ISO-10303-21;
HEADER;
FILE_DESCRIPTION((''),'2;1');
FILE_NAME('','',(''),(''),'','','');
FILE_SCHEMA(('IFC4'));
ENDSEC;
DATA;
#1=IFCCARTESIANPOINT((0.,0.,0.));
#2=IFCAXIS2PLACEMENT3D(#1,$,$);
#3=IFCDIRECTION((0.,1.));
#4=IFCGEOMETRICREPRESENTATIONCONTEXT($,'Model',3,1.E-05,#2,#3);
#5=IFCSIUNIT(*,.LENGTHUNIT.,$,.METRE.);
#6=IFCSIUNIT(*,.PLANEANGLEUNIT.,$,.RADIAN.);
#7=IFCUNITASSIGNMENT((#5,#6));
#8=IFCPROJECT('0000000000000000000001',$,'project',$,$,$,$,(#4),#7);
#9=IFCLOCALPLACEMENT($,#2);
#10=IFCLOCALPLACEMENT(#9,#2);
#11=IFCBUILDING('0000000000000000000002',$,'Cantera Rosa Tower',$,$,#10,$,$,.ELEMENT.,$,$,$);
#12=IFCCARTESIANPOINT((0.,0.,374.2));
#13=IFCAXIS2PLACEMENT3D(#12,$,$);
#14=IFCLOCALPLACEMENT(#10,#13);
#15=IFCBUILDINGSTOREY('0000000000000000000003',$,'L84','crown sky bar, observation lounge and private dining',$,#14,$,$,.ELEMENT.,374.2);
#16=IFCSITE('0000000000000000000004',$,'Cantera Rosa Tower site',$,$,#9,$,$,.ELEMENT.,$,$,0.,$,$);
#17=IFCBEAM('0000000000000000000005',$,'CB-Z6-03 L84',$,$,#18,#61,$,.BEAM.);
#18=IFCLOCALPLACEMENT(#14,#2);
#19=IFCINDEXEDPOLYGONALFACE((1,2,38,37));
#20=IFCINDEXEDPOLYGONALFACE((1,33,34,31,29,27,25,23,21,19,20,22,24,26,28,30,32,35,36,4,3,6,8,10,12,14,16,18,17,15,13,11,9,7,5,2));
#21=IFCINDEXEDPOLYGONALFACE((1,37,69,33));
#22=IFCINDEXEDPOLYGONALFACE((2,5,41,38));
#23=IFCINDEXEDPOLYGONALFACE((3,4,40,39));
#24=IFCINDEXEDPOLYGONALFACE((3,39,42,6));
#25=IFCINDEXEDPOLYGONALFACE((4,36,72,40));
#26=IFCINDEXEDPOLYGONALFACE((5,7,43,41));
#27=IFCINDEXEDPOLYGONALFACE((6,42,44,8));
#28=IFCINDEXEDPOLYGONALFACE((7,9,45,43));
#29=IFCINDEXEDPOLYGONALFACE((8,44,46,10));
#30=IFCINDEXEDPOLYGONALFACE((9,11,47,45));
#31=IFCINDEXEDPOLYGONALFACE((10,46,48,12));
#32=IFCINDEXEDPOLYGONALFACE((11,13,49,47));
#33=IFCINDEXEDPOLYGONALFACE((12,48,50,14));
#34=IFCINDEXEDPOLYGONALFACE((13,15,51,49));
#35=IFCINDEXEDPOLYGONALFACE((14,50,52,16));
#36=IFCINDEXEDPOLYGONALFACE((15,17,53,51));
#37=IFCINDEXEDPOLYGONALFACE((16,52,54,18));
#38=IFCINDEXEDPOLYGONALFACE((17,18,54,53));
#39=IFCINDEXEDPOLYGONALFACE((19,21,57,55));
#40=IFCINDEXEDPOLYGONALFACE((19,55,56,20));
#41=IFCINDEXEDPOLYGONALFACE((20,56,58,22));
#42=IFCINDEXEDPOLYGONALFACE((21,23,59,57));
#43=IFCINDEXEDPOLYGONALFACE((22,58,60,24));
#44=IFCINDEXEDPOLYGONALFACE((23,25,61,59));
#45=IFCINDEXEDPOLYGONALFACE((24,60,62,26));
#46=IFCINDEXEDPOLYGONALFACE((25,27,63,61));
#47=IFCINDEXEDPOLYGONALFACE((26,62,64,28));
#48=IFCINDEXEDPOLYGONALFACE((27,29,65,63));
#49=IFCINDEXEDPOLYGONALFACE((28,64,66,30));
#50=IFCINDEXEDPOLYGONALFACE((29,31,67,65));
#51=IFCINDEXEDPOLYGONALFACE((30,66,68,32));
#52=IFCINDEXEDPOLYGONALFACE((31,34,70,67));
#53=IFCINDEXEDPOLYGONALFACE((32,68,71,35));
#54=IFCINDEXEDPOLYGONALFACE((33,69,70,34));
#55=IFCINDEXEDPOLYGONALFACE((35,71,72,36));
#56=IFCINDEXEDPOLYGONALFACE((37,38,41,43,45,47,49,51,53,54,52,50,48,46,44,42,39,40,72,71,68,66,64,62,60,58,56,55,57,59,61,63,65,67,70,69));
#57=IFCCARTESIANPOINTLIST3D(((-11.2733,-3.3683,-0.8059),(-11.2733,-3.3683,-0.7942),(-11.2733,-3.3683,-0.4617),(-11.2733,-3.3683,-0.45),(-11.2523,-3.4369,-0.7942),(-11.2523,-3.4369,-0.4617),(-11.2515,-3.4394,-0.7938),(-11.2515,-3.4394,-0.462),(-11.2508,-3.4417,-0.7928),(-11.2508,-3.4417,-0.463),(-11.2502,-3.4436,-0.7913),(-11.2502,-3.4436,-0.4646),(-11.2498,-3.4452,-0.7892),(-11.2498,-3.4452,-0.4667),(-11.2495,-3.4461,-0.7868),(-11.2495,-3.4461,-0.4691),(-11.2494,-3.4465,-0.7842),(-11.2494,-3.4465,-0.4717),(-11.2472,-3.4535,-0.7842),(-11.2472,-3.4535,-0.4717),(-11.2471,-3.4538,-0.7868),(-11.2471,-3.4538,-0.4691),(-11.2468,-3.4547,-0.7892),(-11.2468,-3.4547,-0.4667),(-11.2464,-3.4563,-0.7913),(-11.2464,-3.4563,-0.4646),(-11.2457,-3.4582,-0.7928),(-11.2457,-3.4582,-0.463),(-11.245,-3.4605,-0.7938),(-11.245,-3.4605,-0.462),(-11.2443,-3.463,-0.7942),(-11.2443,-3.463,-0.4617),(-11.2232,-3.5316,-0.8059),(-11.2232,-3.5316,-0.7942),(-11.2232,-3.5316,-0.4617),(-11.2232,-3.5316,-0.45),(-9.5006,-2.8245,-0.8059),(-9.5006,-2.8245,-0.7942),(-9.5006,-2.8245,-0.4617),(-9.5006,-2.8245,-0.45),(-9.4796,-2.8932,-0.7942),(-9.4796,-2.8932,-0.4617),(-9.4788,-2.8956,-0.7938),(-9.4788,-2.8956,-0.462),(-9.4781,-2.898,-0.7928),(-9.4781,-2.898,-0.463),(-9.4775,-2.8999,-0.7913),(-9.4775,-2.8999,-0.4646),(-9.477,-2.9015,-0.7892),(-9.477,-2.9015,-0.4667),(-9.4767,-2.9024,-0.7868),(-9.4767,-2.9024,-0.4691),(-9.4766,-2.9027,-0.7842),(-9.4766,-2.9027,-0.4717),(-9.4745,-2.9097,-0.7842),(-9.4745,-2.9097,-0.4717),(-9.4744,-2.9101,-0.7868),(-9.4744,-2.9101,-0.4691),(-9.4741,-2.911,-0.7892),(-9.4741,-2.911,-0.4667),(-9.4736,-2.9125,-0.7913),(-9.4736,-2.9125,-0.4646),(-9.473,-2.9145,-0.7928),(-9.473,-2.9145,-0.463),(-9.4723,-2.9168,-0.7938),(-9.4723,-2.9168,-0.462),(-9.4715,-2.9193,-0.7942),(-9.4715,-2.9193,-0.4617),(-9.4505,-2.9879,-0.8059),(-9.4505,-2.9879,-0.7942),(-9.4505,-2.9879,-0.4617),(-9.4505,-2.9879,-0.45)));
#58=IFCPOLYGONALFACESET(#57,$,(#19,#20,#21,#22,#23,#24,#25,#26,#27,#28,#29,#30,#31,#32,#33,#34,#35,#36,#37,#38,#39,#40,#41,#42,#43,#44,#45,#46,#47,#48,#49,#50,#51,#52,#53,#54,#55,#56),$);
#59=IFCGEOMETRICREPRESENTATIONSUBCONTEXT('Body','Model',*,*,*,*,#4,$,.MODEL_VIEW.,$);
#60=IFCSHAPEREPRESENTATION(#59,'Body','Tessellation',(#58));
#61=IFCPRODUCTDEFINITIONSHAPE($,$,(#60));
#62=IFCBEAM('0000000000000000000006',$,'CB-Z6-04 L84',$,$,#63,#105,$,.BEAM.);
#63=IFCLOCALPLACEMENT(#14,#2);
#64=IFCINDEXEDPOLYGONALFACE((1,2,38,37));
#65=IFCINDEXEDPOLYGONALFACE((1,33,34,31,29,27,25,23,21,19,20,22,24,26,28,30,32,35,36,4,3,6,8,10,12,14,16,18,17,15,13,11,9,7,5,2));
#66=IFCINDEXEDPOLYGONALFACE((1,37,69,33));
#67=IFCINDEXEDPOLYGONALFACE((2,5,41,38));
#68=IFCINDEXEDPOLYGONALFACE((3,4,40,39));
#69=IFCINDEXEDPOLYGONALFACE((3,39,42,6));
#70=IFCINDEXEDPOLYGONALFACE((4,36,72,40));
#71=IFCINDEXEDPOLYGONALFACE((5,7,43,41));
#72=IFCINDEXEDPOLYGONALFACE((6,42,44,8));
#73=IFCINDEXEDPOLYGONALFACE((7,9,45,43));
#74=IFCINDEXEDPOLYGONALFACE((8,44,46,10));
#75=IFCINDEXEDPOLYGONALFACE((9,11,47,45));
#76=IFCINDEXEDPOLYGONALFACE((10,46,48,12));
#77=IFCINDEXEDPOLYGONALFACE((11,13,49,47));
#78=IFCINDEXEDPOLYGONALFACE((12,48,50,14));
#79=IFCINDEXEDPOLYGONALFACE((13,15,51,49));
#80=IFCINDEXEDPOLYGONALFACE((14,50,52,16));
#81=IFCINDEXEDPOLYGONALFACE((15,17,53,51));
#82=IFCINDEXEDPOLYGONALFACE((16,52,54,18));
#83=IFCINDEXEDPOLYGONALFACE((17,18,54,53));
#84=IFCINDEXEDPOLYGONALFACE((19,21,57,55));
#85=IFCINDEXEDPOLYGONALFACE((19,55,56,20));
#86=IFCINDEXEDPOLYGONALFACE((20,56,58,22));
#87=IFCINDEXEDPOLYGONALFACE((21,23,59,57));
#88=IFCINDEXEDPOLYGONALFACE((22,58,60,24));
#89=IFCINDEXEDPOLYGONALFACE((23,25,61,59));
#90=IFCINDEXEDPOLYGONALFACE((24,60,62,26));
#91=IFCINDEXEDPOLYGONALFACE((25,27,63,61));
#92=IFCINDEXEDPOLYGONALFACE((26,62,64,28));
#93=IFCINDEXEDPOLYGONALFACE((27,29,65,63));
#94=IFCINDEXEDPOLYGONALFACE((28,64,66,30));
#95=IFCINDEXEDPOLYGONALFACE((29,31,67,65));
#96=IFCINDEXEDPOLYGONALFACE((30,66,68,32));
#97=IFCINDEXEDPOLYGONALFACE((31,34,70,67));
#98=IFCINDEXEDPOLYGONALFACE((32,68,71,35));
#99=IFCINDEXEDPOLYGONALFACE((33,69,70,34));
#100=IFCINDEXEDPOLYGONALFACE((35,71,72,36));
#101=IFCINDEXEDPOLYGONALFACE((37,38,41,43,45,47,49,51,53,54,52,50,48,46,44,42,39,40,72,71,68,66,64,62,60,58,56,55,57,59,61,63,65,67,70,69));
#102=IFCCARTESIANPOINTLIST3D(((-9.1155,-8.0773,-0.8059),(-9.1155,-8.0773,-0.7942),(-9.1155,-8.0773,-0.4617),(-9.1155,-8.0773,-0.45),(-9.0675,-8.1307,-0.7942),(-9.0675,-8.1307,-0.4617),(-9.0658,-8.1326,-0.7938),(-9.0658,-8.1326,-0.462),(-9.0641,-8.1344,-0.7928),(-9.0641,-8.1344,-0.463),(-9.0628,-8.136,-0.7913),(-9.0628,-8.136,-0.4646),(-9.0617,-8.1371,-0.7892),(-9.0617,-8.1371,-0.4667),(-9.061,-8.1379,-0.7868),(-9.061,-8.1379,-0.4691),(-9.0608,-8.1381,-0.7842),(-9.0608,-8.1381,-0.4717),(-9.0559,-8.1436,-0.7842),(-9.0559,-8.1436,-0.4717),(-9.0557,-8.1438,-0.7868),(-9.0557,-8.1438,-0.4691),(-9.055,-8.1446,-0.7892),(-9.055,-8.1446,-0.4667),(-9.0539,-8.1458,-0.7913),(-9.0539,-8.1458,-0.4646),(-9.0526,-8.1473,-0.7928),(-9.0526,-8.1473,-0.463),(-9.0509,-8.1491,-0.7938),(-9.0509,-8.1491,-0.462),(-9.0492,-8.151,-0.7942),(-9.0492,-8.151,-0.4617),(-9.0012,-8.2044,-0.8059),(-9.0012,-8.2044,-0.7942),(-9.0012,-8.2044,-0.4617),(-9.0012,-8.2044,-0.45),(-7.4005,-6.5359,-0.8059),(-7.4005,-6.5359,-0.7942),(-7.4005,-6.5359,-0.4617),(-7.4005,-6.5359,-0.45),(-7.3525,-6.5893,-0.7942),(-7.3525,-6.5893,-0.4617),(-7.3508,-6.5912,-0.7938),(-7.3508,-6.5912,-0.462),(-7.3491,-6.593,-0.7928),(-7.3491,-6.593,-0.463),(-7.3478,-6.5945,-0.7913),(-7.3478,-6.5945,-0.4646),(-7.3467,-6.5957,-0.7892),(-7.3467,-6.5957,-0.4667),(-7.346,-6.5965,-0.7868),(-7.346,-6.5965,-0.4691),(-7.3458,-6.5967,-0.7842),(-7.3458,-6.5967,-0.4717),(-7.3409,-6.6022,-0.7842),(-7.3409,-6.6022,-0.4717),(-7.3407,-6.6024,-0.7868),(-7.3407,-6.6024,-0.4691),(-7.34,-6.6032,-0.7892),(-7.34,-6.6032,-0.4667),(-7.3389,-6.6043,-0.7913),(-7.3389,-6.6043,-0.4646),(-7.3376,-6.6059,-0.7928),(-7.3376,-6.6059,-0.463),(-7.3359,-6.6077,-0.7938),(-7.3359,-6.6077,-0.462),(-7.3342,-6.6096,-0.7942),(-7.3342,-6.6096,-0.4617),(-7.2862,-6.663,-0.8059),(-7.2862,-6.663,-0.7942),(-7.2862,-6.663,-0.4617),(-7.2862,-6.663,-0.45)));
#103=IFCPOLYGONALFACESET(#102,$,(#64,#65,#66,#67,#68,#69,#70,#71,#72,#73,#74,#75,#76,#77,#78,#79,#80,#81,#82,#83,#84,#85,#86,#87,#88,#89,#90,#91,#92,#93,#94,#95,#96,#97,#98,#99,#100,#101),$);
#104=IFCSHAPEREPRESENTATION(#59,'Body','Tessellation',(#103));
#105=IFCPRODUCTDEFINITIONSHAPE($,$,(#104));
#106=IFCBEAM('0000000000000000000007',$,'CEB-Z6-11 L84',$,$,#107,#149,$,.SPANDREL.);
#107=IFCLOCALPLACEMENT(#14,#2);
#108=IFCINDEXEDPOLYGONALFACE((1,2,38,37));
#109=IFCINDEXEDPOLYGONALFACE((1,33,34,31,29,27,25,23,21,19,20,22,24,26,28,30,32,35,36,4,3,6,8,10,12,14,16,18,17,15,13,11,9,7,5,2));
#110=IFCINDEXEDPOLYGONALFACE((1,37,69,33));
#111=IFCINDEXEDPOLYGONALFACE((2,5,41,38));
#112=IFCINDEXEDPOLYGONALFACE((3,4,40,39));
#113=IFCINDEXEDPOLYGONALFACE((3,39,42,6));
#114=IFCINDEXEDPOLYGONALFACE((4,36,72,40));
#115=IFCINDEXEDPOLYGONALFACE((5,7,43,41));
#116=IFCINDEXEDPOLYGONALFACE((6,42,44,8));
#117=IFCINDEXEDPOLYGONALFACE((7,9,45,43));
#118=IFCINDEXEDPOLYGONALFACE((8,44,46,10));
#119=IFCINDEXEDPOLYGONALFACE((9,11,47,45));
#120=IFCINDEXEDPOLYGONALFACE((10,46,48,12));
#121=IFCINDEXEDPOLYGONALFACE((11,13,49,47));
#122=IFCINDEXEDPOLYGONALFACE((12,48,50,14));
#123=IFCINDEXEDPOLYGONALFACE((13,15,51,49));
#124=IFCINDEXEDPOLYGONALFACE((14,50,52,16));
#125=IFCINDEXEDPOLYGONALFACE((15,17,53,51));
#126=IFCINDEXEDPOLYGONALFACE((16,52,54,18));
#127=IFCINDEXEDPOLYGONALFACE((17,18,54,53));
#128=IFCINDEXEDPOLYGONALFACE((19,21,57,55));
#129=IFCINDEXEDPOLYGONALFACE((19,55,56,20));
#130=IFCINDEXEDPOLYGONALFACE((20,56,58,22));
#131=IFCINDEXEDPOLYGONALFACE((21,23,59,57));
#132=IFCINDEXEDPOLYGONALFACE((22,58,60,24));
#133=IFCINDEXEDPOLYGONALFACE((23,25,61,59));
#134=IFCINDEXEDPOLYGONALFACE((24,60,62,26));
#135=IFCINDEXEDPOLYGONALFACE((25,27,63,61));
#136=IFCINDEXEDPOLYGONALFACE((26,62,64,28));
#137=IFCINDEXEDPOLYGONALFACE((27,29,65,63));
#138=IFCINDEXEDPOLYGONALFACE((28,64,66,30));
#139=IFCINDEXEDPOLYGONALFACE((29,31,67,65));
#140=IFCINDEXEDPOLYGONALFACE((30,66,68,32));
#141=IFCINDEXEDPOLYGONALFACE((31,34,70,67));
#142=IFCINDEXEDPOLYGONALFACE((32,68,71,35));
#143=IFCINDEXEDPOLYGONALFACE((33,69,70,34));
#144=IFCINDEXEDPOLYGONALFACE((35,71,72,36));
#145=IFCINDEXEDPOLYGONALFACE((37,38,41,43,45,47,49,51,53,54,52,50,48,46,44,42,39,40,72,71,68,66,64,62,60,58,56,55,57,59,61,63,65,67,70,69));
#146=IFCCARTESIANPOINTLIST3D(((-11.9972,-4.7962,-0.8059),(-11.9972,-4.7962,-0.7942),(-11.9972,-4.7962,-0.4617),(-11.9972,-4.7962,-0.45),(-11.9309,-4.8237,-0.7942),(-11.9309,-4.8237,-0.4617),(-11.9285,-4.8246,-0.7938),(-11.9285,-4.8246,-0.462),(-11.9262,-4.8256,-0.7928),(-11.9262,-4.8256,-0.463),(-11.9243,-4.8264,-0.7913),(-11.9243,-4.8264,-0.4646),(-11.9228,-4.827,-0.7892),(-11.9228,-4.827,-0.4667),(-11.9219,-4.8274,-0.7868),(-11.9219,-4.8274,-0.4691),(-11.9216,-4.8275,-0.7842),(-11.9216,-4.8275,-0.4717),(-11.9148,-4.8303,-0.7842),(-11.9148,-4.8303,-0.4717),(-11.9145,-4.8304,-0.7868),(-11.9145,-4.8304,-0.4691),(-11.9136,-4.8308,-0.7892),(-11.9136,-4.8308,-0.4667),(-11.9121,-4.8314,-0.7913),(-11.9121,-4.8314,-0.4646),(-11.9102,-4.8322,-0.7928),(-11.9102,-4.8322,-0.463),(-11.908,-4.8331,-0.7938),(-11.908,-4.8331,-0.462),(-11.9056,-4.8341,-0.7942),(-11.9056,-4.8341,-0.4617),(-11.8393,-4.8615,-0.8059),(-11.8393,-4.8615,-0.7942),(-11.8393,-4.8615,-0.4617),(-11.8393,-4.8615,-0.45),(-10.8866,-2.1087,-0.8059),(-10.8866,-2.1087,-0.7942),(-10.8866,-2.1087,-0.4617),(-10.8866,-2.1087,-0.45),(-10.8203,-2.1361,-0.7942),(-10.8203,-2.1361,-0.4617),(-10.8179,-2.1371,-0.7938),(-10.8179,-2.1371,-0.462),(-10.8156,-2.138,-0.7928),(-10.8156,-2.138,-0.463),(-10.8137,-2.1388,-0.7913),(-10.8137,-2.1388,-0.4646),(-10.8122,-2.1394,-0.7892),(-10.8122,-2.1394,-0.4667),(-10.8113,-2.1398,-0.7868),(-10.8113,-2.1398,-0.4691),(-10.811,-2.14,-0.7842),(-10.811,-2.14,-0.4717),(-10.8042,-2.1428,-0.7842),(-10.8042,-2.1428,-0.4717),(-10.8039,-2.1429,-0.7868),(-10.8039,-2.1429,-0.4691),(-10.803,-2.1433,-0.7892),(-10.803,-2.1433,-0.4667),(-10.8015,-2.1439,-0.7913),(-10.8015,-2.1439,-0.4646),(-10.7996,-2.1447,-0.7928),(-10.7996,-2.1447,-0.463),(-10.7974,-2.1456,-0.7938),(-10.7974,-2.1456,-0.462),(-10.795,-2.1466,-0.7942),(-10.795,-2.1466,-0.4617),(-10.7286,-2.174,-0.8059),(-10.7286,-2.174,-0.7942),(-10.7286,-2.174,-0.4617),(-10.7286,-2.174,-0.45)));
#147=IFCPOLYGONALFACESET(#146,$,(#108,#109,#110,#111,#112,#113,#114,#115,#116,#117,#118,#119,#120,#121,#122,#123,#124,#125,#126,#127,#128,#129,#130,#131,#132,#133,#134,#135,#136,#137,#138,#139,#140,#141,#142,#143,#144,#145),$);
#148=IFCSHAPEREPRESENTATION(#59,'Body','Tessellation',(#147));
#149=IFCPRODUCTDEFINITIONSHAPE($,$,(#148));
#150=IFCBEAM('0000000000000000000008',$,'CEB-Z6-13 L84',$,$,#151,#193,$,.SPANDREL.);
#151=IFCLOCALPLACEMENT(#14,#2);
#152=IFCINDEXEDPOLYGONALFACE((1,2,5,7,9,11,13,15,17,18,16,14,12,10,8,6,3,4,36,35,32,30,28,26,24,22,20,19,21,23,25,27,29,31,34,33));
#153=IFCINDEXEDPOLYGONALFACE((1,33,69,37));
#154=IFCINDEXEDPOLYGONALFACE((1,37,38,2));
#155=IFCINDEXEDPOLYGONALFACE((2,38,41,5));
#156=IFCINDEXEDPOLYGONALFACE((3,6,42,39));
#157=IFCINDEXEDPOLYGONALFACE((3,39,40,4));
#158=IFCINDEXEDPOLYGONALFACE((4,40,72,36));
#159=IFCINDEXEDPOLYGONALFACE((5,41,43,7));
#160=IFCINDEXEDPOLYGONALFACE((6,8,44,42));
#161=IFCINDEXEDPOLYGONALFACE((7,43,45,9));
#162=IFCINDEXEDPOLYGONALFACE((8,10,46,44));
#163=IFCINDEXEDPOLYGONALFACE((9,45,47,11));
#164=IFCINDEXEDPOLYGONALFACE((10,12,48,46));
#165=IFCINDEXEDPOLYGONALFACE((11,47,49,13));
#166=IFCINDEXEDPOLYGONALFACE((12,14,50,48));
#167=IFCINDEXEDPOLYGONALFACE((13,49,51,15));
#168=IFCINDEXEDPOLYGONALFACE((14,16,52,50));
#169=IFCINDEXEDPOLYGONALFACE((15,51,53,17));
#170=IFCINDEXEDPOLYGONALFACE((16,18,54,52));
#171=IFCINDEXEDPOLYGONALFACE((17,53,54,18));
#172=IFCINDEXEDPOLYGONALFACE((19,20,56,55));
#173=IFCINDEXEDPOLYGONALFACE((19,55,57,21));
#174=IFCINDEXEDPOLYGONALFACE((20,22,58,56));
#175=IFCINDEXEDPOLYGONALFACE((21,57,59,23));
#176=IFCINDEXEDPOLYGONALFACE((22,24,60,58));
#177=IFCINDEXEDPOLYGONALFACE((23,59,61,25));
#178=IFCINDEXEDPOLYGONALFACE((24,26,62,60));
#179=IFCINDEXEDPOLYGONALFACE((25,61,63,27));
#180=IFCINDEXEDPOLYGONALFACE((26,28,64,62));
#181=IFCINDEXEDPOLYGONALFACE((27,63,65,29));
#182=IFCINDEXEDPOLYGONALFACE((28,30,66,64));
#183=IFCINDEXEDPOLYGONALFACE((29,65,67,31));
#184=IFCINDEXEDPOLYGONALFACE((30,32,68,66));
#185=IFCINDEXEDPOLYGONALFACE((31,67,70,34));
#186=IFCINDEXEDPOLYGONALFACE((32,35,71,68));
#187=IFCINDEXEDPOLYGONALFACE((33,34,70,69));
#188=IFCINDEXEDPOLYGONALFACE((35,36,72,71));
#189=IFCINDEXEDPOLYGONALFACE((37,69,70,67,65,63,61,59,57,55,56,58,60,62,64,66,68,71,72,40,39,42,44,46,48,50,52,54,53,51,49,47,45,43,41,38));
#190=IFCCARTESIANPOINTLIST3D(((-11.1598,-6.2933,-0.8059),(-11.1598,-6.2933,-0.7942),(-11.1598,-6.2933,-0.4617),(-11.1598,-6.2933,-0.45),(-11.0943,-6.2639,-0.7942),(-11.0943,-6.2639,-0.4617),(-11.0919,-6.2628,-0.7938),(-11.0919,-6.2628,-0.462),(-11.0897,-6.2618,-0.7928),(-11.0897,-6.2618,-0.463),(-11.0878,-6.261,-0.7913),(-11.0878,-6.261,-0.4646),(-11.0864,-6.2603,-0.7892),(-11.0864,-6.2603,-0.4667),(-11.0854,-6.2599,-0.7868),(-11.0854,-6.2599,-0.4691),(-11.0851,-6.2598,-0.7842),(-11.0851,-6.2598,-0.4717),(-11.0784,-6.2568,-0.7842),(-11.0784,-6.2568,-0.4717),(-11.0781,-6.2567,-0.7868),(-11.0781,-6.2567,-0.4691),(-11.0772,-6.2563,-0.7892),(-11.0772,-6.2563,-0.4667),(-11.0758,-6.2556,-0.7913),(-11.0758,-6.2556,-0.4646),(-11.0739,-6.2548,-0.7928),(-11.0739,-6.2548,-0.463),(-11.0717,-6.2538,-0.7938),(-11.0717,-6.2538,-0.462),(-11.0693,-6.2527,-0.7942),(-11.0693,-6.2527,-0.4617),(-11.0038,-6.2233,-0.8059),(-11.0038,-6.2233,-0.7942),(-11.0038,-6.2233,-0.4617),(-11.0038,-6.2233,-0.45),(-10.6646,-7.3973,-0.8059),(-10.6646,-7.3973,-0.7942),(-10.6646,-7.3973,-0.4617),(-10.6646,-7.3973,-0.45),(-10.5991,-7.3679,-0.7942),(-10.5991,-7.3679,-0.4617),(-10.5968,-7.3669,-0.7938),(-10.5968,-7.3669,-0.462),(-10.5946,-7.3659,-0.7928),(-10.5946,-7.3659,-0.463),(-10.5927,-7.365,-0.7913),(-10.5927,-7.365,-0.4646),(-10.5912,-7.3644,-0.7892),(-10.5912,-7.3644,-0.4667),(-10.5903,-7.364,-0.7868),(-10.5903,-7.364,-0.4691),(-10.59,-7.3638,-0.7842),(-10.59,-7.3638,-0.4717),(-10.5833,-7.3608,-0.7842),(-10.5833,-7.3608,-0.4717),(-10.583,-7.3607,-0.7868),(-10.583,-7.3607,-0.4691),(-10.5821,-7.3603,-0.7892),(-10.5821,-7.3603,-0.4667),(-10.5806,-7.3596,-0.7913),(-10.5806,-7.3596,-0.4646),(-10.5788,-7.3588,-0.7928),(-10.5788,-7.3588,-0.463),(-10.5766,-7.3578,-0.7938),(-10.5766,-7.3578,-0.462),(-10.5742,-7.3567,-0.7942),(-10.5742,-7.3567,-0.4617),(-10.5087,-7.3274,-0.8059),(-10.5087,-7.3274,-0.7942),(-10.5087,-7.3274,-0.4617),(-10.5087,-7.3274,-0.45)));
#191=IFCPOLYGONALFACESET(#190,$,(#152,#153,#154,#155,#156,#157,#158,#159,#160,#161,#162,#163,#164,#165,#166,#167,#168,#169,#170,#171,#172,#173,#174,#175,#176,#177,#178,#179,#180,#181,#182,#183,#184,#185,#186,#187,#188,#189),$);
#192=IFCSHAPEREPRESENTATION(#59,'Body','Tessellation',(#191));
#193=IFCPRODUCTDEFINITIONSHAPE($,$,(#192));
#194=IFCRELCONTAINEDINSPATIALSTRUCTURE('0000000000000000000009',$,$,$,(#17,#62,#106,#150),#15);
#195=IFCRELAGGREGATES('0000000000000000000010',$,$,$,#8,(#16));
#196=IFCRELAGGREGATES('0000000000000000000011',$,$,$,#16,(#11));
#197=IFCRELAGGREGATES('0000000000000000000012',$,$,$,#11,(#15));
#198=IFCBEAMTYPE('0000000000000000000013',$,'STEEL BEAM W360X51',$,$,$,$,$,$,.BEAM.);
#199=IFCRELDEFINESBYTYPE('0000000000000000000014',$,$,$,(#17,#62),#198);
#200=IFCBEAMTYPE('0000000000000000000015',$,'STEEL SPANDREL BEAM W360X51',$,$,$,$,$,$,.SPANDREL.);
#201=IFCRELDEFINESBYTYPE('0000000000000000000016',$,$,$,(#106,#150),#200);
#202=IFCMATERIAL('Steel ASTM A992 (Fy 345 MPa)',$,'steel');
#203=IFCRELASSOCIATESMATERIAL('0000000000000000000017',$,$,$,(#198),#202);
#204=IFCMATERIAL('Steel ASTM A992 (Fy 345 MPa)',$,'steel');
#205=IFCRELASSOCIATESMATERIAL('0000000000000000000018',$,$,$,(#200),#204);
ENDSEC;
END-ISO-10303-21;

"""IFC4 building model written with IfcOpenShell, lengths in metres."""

from ifc_helpers import new_model, si_unit, direction, frame, origin, origin_2d, place, context, subcontext, project, spatial, i_section, extrude, material, material_profile, profile_set, type_object, element, save


model = new_model("IFC4")

# Units and contexts
model_context = context("Model", 3, precision=1e-05, world=origin(), true_north=direction((0.0, 1.0)))
body_context = subcontext(model_context, "Body", "Model", "MODEL_VIEW")
ifc_project = project(units=[si_unit("LENGTHUNIT", "METRE"), si_unit("PLANEANGLEUNIT", "RADIAN")], contexts=[model_context])

# Site, building, storey
site_placement = place(None, origin())
site = spatial("IfcSite", under=ifc_project, at=site_placement, Name="Cantera Rosa Tower site", CompositionType="ELEMENT", RefElevation=0.0)
building_placement = place(site_placement, origin())
building = spatial("IfcBuilding", under=site, at=building_placement, Name="Cantera Rosa Tower", CompositionType="ELEMENT")
storey_placement = place(building_placement, frame((0.0, 0.0, 374.2)))
storey = spatial("IfcBuildingStorey", under=building, at=storey_placement, Name="L84", Description="crown sky bar, observation lounge and private dining", CompositionType="ELEMENT", Elevation=374.2)

# Beams
ifc_material_1 = material(Name="Steel ASTM A992 (Fy 345 MPa)", Category="steel")
ifc_material_profile_1 = material_profile(ifc_material_1, i_section(OverallWidth=0.1709, OverallDepth=0.356, WebThickness=0.0073, FlangeThickness=0.0117, FilletRadius=0.01, at=origin_2d()), Name="W360X51")
ifc_profile_set_1 = profile_set([ifc_material_profile_1], Name="Steel ASTM A992 (Fy 345 MPa)")
beam_type_1 = type_object("IfcBeamType", Name="STEEL BEAM W360X51", PredefinedType="BEAM", material=ifc_profile_set_1)
beam_1_placement = place(storey_placement, frame((-11.2483, -3.45, -0.6279), z_axis=(0.956043, 0.293225, 0.0), x_axis=(-0.293225, 0.956043, 0.0)))
element("IfcBeam", 1, at=beam_1_placement, inside=storey, type_object=beam_type_1, Name="CB-Z6-03 L84", PredefinedType="BEAM", context=body_context, shape_type="SweptSolid", body=[
    extrude(i_section(OverallWidth=0.1709, OverallDepth=0.356, WebThickness=0.0073, FlangeThickness=0.0117, FilletRadius=0.01, at=origin_2d()), origin(), (0.0, 0.0, 1.0), 1.8542),
])
beam_2_placement = place(storey_placement, frame((-9.0583, -8.1409, -0.6279), z_axis=(0.743741, 0.668467, 0.0), x_axis=(-0.668467, 0.743741, 0.0)))
element("IfcBeam", 2, at=beam_2_placement, inside=storey, type_object=beam_type_1, Name="CB-Z6-04 L84", PredefinedType="BEAM", context=body_context, shape_type="SweptSolid", body=[
    extrude(i_section(OverallWidth=0.1709, OverallDepth=0.356, WebThickness=0.0073, FlangeThickness=0.0117, FilletRadius=0.01, at=origin_2d()), origin(), (0.0, 0.0, 1.0), 2.3059),
])
ifc_material_2 = material(Name="Steel ASTM A992 (Fy 345 MPa)", Category="steel")
ifc_material_profile_2 = material_profile(ifc_material_2, i_section(OverallWidth=0.1709, OverallDepth=0.356, WebThickness=0.0073, FlangeThickness=0.0117, FilletRadius=0.01, at=origin_2d()), Name="W360X51")
ifc_profile_set_2 = profile_set([ifc_material_profile_2], Name="Steel ASTM A992 (Fy 345 MPa)")
beam_type_2 = type_object("IfcBeamType", Name="STEEL SPANDREL BEAM W360X51", PredefinedType="SPANDREL", material=ifc_profile_set_2)
beam_3_placement = place(storey_placement, frame((-10.8076, -2.1414, -0.6279), z_axis=(-0.381919, -0.924196, 0.0), x_axis=(0.924196, -0.381919, 0.0)))
element("IfcBeam", 3, at=beam_3_placement, inside=storey, type_object=beam_type_2, Name="CEB-Z6-11 L84", PredefinedType="SPANDREL", context=body_context, shape_type="SweptSolid", body=[
    extrude(i_section(OverallWidth=0.1709, OverallDepth=0.356, WebThickness=0.0073, FlangeThickness=0.0117, FilletRadius=0.01, at=origin_2d()), origin(), (0.0, 0.0, 1.0), 2.908),
])
beam_4_placement = place(storey_placement, frame((-11.0818, -6.2583, -0.6279), z_axis=(0.409207, -0.912442, 0.0), x_axis=(0.912442, 0.409207, 0.0)))
element("IfcBeam", 4, at=beam_4_placement, inside=storey, type_object=beam_type_2, Name="CEB-Z6-13 L84", PredefinedType="SPANDREL", context=body_context, shape_type="SweptSolid", body=[
    extrude(i_section(OverallWidth=0.1709, OverallDepth=0.356, WebThickness=0.0073, FlangeThickness=0.0117, FilletRadius=0.01, at=origin_2d()), origin(), (0.0, 0.0, 1.0), 1.21),
])

save(model, "model.ifc")
